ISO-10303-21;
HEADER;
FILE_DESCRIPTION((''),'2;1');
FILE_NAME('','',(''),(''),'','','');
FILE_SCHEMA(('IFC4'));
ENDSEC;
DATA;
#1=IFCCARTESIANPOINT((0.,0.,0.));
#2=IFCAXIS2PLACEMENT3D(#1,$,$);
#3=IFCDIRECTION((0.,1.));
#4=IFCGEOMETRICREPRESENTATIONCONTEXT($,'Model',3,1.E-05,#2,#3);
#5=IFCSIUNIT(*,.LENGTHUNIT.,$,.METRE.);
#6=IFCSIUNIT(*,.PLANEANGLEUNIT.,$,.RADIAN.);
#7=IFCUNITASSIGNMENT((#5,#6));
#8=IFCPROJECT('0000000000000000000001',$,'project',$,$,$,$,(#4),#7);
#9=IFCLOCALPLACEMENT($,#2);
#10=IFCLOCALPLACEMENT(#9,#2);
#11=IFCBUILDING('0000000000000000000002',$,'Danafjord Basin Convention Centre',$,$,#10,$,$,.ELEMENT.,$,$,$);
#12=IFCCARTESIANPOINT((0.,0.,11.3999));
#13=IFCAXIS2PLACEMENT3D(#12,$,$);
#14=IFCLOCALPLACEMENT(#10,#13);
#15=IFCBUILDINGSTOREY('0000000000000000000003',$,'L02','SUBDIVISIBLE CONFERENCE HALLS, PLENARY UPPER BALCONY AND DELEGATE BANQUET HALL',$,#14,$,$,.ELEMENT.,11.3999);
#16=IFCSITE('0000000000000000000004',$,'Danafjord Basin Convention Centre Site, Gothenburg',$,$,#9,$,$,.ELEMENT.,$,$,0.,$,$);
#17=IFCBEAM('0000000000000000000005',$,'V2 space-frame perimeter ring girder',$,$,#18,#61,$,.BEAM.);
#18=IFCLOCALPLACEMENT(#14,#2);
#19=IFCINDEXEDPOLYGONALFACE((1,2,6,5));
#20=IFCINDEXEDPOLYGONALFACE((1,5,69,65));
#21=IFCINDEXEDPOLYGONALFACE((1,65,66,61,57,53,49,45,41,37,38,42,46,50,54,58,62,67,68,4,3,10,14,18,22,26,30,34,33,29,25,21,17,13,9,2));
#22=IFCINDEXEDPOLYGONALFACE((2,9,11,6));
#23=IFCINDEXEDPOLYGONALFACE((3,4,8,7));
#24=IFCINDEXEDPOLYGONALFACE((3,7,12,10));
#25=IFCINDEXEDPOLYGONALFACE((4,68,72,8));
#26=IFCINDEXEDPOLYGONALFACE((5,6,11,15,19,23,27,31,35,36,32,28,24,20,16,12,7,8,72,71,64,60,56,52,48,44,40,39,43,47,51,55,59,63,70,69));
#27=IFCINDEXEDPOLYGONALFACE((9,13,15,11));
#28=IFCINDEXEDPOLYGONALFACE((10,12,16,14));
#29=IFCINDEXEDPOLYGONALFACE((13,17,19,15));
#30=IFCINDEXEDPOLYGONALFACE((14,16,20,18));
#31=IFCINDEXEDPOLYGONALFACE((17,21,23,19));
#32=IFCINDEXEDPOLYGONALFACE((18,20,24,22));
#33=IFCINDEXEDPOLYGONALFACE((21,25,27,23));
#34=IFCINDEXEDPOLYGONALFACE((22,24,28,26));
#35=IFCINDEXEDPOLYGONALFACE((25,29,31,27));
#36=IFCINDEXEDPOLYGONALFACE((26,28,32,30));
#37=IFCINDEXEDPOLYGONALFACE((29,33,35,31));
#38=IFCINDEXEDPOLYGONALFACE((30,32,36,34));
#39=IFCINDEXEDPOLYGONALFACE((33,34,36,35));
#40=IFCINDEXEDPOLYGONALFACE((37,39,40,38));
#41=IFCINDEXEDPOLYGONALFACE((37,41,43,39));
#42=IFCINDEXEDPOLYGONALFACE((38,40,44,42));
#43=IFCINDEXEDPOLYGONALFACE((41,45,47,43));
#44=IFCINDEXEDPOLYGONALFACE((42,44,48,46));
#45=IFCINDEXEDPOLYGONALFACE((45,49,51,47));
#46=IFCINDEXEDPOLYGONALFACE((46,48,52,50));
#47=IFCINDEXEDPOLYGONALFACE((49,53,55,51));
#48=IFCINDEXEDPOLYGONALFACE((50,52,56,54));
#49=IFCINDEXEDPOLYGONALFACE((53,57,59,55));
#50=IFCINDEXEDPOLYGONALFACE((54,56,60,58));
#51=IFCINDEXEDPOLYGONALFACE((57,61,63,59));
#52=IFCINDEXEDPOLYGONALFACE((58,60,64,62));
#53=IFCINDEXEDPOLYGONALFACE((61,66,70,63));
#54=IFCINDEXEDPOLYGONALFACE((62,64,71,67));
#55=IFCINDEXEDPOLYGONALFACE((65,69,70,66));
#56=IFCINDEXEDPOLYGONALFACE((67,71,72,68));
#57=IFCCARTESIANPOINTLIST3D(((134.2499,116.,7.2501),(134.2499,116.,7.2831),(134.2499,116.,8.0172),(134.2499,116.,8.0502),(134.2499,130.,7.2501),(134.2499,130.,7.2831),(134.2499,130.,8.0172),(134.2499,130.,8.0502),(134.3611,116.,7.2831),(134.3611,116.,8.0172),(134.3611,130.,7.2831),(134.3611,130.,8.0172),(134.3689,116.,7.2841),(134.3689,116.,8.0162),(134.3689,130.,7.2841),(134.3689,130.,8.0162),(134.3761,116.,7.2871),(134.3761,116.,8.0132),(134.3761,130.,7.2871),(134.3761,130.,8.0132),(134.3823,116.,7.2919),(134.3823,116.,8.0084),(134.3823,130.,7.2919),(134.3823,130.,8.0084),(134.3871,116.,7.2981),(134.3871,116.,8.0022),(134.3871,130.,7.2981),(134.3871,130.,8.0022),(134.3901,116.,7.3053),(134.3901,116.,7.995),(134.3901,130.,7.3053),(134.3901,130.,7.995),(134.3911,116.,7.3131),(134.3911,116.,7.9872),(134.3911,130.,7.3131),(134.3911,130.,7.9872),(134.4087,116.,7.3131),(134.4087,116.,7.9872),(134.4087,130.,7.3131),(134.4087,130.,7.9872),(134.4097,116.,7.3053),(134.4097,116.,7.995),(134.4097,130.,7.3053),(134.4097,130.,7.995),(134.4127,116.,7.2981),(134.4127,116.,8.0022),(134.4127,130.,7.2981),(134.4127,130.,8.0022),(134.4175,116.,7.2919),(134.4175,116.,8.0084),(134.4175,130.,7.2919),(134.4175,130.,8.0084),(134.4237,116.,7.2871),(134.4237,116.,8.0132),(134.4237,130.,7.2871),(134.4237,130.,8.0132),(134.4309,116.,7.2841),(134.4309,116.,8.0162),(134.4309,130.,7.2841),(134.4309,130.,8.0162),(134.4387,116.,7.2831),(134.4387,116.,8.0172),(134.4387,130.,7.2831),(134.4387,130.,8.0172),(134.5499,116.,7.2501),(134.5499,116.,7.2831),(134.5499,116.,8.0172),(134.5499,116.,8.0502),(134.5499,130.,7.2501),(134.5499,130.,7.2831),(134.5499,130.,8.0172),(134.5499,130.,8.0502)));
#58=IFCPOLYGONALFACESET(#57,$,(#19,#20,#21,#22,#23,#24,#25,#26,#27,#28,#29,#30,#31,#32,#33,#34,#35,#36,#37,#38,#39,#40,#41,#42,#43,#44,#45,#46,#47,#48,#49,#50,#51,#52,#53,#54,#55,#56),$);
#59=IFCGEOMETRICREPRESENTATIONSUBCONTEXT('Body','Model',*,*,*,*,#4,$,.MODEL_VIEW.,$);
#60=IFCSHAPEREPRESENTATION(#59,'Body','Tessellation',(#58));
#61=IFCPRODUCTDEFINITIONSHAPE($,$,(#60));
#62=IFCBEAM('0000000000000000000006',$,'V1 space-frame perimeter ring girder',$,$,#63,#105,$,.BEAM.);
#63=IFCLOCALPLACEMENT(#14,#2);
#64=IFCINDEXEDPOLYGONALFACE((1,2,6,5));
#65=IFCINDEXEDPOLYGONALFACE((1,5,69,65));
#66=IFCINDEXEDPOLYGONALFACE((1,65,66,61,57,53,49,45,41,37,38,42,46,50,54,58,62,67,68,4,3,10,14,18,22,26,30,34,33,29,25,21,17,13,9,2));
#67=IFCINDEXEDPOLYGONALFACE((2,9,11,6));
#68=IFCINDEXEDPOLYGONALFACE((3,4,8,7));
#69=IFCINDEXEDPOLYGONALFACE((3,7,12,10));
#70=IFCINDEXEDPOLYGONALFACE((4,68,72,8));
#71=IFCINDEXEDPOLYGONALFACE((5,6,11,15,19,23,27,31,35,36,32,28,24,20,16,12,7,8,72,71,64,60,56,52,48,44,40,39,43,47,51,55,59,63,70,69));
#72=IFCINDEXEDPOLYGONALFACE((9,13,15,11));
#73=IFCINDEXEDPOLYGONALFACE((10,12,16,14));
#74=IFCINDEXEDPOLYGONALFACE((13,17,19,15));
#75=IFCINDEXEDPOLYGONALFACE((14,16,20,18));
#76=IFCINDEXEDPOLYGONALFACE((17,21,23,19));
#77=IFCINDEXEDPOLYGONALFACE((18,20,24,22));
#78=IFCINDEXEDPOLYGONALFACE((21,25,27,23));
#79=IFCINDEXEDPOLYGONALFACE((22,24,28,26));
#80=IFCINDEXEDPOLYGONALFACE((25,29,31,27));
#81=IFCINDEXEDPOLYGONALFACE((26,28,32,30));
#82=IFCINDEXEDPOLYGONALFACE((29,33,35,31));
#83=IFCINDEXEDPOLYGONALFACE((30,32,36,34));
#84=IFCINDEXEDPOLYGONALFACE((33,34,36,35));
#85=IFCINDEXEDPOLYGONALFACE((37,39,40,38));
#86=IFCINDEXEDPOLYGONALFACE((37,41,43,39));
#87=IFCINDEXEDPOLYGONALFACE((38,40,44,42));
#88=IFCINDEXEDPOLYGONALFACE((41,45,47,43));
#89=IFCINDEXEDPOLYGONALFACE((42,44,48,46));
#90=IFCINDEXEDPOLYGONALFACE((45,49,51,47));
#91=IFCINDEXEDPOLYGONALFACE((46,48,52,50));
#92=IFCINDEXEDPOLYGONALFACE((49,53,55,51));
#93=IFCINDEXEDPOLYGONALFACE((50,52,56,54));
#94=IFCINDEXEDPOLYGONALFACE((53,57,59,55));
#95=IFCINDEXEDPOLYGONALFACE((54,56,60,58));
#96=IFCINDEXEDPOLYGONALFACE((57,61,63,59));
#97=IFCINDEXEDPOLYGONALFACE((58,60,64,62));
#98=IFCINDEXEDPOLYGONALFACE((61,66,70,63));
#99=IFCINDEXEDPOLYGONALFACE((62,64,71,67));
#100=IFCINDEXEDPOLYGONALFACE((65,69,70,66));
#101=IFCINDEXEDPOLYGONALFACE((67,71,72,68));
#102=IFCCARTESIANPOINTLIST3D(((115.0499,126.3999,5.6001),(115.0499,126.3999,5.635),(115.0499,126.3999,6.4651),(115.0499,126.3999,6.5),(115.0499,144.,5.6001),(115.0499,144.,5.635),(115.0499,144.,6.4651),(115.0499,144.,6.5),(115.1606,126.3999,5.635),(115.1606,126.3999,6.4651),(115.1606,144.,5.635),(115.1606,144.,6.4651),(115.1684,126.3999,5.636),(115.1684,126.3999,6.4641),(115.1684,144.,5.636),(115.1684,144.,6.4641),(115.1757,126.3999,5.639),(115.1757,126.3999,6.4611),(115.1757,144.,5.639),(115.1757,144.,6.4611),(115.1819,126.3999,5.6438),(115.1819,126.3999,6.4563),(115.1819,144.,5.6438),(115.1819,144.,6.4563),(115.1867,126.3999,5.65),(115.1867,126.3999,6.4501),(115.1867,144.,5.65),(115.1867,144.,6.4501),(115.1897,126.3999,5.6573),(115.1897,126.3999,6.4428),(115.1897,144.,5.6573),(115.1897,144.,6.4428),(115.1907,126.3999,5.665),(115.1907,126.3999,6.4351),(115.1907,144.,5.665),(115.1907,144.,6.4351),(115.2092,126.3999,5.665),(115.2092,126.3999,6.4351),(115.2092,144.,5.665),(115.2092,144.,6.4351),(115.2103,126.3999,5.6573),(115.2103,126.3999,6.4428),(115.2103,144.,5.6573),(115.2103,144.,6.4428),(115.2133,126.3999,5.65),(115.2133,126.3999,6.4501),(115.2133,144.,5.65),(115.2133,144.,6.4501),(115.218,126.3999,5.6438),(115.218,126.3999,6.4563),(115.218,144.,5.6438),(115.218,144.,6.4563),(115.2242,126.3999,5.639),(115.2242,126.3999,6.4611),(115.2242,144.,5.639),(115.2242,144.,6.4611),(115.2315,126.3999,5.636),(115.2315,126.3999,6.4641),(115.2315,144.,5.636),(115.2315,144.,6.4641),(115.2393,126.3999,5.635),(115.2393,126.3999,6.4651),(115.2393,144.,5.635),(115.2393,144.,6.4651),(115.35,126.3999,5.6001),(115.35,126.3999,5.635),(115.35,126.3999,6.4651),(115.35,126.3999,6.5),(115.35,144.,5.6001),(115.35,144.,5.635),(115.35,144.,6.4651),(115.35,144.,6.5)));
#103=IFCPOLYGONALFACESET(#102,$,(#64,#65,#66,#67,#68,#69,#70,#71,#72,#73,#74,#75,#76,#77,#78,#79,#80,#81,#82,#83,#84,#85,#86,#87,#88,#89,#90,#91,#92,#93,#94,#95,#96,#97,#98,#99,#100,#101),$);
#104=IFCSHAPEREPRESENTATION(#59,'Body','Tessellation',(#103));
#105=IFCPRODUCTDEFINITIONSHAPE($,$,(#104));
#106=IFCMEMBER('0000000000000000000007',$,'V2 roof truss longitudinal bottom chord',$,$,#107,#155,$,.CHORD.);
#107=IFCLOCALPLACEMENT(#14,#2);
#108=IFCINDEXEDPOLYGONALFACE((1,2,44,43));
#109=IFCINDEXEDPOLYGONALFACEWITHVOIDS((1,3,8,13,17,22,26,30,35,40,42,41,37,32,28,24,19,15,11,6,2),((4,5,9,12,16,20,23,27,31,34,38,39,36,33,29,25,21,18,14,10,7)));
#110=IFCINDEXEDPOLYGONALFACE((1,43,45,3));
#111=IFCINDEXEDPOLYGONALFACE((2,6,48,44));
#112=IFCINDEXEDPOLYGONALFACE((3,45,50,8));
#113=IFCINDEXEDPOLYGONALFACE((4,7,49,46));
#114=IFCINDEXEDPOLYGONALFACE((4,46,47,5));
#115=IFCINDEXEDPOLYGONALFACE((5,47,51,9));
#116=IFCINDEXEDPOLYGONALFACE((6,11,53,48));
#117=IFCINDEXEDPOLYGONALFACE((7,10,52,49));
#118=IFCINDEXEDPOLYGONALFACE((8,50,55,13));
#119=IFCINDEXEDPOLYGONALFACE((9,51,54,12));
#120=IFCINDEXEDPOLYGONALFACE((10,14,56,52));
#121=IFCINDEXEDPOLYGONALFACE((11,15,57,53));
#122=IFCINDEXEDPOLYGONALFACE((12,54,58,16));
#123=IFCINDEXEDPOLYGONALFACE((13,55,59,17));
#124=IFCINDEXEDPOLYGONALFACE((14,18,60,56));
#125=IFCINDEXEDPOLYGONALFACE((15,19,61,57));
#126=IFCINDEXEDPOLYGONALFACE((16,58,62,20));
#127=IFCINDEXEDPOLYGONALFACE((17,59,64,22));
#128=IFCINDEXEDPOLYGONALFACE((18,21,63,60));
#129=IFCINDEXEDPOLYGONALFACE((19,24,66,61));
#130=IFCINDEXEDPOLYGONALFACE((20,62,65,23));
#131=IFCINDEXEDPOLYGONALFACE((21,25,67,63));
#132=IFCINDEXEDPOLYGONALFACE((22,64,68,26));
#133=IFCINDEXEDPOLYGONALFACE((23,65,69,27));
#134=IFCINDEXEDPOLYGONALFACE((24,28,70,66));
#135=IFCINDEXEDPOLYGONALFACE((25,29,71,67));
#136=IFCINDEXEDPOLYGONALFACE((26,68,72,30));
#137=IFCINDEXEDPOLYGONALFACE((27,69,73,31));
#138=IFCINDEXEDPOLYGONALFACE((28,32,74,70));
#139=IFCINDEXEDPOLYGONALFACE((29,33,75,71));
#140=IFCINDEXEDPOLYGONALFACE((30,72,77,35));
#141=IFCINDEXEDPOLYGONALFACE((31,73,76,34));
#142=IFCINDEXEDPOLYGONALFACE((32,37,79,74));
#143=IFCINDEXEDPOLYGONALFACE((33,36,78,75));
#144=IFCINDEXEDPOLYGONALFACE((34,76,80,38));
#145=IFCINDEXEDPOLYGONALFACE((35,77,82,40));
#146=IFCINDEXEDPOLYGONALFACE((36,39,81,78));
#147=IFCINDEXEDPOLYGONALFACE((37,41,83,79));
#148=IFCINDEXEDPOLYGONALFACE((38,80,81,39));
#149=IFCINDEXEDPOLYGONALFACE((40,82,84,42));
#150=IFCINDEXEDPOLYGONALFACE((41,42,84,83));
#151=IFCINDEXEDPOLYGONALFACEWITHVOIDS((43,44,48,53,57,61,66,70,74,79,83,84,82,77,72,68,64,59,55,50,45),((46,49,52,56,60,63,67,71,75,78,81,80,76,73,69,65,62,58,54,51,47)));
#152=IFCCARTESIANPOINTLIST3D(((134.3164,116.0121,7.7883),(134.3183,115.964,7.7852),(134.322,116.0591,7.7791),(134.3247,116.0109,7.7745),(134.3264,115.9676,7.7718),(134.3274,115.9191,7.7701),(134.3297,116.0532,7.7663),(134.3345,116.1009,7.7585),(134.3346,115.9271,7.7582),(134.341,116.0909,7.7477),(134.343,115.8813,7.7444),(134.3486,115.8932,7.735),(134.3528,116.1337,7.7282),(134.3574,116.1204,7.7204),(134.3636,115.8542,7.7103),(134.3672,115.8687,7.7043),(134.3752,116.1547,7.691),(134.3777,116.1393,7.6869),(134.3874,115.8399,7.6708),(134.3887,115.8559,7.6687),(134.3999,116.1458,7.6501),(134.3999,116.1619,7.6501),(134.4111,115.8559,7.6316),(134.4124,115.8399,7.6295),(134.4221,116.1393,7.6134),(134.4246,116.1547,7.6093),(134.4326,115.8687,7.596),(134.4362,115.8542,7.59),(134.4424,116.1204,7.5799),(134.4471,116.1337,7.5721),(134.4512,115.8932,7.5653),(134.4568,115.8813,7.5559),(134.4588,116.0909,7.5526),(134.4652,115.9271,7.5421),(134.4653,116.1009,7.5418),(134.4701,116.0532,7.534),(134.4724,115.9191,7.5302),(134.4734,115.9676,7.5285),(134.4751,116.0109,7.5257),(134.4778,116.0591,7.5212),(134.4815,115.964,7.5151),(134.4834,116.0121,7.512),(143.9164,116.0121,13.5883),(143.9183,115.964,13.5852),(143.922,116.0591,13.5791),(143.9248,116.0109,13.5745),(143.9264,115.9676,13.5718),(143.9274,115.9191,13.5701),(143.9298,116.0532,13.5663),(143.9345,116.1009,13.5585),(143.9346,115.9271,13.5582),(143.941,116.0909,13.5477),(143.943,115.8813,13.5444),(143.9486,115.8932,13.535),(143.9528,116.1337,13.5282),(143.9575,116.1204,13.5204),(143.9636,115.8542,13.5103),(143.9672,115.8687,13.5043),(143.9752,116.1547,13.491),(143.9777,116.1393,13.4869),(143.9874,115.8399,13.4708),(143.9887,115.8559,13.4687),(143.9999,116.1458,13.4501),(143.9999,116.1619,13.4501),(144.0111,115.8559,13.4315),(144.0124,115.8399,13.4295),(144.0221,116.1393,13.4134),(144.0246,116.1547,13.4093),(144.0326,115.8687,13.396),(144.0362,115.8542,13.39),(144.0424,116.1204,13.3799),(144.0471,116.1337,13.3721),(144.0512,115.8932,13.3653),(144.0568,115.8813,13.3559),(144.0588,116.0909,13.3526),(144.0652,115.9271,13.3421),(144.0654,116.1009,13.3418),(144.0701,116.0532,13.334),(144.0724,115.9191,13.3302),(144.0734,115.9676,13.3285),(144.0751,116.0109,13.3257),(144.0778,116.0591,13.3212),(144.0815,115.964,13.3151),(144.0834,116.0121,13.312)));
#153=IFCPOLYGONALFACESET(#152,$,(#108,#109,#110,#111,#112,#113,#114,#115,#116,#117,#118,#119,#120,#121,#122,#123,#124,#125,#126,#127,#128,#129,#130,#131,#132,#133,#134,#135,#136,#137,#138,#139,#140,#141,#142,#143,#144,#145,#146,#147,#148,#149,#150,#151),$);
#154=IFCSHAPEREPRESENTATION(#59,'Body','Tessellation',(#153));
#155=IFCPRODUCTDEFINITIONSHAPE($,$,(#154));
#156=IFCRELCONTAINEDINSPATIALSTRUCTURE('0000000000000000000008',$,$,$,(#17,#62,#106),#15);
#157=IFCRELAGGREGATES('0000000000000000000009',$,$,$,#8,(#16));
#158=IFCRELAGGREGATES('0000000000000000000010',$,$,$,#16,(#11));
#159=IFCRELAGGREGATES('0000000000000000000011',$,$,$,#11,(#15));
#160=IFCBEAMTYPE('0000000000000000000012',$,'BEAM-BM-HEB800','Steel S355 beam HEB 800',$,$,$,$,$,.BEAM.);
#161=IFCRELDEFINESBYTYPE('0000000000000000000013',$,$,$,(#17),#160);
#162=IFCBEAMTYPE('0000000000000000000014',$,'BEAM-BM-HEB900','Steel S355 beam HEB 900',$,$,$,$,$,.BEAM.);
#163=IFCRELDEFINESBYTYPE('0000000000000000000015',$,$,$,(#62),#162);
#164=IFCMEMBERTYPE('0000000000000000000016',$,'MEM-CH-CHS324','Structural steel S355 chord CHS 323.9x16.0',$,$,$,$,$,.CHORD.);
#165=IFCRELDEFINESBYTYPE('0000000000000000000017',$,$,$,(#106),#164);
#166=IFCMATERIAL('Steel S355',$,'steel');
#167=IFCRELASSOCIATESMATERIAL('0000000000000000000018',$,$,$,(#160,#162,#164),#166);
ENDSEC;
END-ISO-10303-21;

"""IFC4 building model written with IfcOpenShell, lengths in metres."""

from ifc_helpers import new_model, si_unit, direction, frame, origin, origin_2d, place, context, subcontext, project, spatial, hollow_circle, i_section, extrude, material, material_profile, profile_set, type_object, element, save


model = new_model("IFC4")

# Units and contexts
model_context = context("Model", 3, precision=1e-05, world=origin(), true_north=direction((0.0, 1.0)))
body_context = subcontext(model_context, "Body", "Model", "MODEL_VIEW")
ifc_project = project(units=[si_unit("LENGTHUNIT", "METRE"), si_unit("PLANEANGLEUNIT", "RADIAN")], contexts=[model_context])

# Site, building, storey
site_placement = place(None, origin())
site = spatial("IfcSite", under=ifc_project, at=site_placement, Name="Danafjord Basin Convention Centre Site, Gothenburg", CompositionType="ELEMENT", RefElevation=0.0)
building_placement = place(site_placement, origin())
building = spatial("IfcBuilding", under=site, at=building_placement, Name="Danafjord Basin Convention Centre", CompositionType="ELEMENT")
storey_placement = place(building_placement, frame((0.0, 0.0, 11.3999)))
storey = spatial("IfcBuildingStorey", under=building, at=storey_placement, Name="L02", Description="SUBDIVISIBLE CONFERENCE HALLS, PLENARY UPPER BALCONY AND DELEGATE BANQUET HALL", CompositionType="ELEMENT", Elevation=11.3999)

# Beams
ifc_material_1 = material(Name="Steel S355", Category="steel")
ifc_material_profile_1 = material_profile(ifc_material_1, i_section(OverallWidth=0.3, OverallDepth=0.8, WebThickness=0.0176, FlangeThickness=0.033, FilletRadius=0.03, at=origin_2d()), Name="HEB 800")
ifc_profile_set_1 = profile_set([ifc_material_profile_1], Name="Steel S355")
beam_type_1 = type_object("IfcBeamType", Name="BEAM-BM-HEB800", Description="Steel S355 beam HEB 800", PredefinedType="BEAM", material=ifc_profile_set_1)
beam_1_placement = place(storey_placement, frame((134.3999, 116.0, 7.6501), z_axis=(0.0, 1.0, 0.0), x_axis=(-1.0, 0.0, 0.0)))
element("IfcBeam", 1, at=beam_1_placement, inside=storey, type_object=beam_type_1, Name="V2 space-frame perimeter ring girder", PredefinedType="BEAM", context=body_context, shape_type="SweptSolid", body=[
    extrude(i_section(OverallWidth=0.3, OverallDepth=0.8, WebThickness=0.0176, FlangeThickness=0.033, FilletRadius=0.03, at=origin_2d()), origin(), (0.0, 0.0, 1.0), 14.0),
])
ifc_material_profile_2 = material_profile(ifc_material_1, i_section(OverallWidth=0.3, OverallDepth=0.8999, WebThickness=0.0186, FlangeThickness=0.0349, FilletRadius=0.03, at=origin_2d()), Name="HEB 900")
ifc_profile_set_2 = profile_set([ifc_material_profile_2], Name="Steel S355")
beam_type_2 = type_object("IfcBeamType", Name="BEAM-BM-HEB900", Description="Steel S355 beam HEB 900", PredefinedType="BEAM", material=ifc_profile_set_2)
beam_2_placement = place(storey_placement, frame((115.2, 126.3999, 6.05), z_axis=(0.0, 1.0, 0.0), x_axis=(-1.0, 0.0, 0.0)))
element("IfcBeam", 2, at=beam_2_placement, inside=storey, type_object=beam_type_2, Name="V1 space-frame perimeter ring girder", PredefinedType="BEAM", context=body_context, shape_type="SweptSolid", body=[
    extrude(i_section(OverallWidth=0.3, OverallDepth=0.8999, WebThickness=0.0186, FlangeThickness=0.0349, FilletRadius=0.03, at=origin_2d()), origin(), (0.0, 0.0, 1.0), 17.6001),
])

# Member
ifc_material_profile_3 = material_profile(ifc_material_1, hollow_circle(Radius=0.1619, WallThickness=0.0161, at=origin_2d()), Name="CHS 323.9x16.0")
ifc_profile_set_3 = profile_set([ifc_material_profile_3], Name="Steel S355")
member_type_1 = type_object("IfcMemberType", Name="MEM-CH-CHS324", Description="Structural steel S355 chord CHS 323.9x16.0", PredefinedType="CHORD", material=ifc_profile_set_3)
member_1_placement = place(storey_placement, frame((134.3999, 116.0, 7.6501), z_axis=(0.855916, 0.0, 0.517115), x_axis=(0.0, 1.0, 0.0)))
element("IfcMember", 3, at=member_1_placement, inside=storey, type_object=member_type_1, Name="V2 roof truss longitudinal bottom chord", PredefinedType="CHORD", context=body_context, shape_type="SweptSolid", body=[
    extrude(hollow_circle(Radius=0.1619, WallThickness=0.0161, at=origin_2d()), origin(), (0.0, 0.0, 1.0), 11.2161),
])

save(model, "model.ifc")
